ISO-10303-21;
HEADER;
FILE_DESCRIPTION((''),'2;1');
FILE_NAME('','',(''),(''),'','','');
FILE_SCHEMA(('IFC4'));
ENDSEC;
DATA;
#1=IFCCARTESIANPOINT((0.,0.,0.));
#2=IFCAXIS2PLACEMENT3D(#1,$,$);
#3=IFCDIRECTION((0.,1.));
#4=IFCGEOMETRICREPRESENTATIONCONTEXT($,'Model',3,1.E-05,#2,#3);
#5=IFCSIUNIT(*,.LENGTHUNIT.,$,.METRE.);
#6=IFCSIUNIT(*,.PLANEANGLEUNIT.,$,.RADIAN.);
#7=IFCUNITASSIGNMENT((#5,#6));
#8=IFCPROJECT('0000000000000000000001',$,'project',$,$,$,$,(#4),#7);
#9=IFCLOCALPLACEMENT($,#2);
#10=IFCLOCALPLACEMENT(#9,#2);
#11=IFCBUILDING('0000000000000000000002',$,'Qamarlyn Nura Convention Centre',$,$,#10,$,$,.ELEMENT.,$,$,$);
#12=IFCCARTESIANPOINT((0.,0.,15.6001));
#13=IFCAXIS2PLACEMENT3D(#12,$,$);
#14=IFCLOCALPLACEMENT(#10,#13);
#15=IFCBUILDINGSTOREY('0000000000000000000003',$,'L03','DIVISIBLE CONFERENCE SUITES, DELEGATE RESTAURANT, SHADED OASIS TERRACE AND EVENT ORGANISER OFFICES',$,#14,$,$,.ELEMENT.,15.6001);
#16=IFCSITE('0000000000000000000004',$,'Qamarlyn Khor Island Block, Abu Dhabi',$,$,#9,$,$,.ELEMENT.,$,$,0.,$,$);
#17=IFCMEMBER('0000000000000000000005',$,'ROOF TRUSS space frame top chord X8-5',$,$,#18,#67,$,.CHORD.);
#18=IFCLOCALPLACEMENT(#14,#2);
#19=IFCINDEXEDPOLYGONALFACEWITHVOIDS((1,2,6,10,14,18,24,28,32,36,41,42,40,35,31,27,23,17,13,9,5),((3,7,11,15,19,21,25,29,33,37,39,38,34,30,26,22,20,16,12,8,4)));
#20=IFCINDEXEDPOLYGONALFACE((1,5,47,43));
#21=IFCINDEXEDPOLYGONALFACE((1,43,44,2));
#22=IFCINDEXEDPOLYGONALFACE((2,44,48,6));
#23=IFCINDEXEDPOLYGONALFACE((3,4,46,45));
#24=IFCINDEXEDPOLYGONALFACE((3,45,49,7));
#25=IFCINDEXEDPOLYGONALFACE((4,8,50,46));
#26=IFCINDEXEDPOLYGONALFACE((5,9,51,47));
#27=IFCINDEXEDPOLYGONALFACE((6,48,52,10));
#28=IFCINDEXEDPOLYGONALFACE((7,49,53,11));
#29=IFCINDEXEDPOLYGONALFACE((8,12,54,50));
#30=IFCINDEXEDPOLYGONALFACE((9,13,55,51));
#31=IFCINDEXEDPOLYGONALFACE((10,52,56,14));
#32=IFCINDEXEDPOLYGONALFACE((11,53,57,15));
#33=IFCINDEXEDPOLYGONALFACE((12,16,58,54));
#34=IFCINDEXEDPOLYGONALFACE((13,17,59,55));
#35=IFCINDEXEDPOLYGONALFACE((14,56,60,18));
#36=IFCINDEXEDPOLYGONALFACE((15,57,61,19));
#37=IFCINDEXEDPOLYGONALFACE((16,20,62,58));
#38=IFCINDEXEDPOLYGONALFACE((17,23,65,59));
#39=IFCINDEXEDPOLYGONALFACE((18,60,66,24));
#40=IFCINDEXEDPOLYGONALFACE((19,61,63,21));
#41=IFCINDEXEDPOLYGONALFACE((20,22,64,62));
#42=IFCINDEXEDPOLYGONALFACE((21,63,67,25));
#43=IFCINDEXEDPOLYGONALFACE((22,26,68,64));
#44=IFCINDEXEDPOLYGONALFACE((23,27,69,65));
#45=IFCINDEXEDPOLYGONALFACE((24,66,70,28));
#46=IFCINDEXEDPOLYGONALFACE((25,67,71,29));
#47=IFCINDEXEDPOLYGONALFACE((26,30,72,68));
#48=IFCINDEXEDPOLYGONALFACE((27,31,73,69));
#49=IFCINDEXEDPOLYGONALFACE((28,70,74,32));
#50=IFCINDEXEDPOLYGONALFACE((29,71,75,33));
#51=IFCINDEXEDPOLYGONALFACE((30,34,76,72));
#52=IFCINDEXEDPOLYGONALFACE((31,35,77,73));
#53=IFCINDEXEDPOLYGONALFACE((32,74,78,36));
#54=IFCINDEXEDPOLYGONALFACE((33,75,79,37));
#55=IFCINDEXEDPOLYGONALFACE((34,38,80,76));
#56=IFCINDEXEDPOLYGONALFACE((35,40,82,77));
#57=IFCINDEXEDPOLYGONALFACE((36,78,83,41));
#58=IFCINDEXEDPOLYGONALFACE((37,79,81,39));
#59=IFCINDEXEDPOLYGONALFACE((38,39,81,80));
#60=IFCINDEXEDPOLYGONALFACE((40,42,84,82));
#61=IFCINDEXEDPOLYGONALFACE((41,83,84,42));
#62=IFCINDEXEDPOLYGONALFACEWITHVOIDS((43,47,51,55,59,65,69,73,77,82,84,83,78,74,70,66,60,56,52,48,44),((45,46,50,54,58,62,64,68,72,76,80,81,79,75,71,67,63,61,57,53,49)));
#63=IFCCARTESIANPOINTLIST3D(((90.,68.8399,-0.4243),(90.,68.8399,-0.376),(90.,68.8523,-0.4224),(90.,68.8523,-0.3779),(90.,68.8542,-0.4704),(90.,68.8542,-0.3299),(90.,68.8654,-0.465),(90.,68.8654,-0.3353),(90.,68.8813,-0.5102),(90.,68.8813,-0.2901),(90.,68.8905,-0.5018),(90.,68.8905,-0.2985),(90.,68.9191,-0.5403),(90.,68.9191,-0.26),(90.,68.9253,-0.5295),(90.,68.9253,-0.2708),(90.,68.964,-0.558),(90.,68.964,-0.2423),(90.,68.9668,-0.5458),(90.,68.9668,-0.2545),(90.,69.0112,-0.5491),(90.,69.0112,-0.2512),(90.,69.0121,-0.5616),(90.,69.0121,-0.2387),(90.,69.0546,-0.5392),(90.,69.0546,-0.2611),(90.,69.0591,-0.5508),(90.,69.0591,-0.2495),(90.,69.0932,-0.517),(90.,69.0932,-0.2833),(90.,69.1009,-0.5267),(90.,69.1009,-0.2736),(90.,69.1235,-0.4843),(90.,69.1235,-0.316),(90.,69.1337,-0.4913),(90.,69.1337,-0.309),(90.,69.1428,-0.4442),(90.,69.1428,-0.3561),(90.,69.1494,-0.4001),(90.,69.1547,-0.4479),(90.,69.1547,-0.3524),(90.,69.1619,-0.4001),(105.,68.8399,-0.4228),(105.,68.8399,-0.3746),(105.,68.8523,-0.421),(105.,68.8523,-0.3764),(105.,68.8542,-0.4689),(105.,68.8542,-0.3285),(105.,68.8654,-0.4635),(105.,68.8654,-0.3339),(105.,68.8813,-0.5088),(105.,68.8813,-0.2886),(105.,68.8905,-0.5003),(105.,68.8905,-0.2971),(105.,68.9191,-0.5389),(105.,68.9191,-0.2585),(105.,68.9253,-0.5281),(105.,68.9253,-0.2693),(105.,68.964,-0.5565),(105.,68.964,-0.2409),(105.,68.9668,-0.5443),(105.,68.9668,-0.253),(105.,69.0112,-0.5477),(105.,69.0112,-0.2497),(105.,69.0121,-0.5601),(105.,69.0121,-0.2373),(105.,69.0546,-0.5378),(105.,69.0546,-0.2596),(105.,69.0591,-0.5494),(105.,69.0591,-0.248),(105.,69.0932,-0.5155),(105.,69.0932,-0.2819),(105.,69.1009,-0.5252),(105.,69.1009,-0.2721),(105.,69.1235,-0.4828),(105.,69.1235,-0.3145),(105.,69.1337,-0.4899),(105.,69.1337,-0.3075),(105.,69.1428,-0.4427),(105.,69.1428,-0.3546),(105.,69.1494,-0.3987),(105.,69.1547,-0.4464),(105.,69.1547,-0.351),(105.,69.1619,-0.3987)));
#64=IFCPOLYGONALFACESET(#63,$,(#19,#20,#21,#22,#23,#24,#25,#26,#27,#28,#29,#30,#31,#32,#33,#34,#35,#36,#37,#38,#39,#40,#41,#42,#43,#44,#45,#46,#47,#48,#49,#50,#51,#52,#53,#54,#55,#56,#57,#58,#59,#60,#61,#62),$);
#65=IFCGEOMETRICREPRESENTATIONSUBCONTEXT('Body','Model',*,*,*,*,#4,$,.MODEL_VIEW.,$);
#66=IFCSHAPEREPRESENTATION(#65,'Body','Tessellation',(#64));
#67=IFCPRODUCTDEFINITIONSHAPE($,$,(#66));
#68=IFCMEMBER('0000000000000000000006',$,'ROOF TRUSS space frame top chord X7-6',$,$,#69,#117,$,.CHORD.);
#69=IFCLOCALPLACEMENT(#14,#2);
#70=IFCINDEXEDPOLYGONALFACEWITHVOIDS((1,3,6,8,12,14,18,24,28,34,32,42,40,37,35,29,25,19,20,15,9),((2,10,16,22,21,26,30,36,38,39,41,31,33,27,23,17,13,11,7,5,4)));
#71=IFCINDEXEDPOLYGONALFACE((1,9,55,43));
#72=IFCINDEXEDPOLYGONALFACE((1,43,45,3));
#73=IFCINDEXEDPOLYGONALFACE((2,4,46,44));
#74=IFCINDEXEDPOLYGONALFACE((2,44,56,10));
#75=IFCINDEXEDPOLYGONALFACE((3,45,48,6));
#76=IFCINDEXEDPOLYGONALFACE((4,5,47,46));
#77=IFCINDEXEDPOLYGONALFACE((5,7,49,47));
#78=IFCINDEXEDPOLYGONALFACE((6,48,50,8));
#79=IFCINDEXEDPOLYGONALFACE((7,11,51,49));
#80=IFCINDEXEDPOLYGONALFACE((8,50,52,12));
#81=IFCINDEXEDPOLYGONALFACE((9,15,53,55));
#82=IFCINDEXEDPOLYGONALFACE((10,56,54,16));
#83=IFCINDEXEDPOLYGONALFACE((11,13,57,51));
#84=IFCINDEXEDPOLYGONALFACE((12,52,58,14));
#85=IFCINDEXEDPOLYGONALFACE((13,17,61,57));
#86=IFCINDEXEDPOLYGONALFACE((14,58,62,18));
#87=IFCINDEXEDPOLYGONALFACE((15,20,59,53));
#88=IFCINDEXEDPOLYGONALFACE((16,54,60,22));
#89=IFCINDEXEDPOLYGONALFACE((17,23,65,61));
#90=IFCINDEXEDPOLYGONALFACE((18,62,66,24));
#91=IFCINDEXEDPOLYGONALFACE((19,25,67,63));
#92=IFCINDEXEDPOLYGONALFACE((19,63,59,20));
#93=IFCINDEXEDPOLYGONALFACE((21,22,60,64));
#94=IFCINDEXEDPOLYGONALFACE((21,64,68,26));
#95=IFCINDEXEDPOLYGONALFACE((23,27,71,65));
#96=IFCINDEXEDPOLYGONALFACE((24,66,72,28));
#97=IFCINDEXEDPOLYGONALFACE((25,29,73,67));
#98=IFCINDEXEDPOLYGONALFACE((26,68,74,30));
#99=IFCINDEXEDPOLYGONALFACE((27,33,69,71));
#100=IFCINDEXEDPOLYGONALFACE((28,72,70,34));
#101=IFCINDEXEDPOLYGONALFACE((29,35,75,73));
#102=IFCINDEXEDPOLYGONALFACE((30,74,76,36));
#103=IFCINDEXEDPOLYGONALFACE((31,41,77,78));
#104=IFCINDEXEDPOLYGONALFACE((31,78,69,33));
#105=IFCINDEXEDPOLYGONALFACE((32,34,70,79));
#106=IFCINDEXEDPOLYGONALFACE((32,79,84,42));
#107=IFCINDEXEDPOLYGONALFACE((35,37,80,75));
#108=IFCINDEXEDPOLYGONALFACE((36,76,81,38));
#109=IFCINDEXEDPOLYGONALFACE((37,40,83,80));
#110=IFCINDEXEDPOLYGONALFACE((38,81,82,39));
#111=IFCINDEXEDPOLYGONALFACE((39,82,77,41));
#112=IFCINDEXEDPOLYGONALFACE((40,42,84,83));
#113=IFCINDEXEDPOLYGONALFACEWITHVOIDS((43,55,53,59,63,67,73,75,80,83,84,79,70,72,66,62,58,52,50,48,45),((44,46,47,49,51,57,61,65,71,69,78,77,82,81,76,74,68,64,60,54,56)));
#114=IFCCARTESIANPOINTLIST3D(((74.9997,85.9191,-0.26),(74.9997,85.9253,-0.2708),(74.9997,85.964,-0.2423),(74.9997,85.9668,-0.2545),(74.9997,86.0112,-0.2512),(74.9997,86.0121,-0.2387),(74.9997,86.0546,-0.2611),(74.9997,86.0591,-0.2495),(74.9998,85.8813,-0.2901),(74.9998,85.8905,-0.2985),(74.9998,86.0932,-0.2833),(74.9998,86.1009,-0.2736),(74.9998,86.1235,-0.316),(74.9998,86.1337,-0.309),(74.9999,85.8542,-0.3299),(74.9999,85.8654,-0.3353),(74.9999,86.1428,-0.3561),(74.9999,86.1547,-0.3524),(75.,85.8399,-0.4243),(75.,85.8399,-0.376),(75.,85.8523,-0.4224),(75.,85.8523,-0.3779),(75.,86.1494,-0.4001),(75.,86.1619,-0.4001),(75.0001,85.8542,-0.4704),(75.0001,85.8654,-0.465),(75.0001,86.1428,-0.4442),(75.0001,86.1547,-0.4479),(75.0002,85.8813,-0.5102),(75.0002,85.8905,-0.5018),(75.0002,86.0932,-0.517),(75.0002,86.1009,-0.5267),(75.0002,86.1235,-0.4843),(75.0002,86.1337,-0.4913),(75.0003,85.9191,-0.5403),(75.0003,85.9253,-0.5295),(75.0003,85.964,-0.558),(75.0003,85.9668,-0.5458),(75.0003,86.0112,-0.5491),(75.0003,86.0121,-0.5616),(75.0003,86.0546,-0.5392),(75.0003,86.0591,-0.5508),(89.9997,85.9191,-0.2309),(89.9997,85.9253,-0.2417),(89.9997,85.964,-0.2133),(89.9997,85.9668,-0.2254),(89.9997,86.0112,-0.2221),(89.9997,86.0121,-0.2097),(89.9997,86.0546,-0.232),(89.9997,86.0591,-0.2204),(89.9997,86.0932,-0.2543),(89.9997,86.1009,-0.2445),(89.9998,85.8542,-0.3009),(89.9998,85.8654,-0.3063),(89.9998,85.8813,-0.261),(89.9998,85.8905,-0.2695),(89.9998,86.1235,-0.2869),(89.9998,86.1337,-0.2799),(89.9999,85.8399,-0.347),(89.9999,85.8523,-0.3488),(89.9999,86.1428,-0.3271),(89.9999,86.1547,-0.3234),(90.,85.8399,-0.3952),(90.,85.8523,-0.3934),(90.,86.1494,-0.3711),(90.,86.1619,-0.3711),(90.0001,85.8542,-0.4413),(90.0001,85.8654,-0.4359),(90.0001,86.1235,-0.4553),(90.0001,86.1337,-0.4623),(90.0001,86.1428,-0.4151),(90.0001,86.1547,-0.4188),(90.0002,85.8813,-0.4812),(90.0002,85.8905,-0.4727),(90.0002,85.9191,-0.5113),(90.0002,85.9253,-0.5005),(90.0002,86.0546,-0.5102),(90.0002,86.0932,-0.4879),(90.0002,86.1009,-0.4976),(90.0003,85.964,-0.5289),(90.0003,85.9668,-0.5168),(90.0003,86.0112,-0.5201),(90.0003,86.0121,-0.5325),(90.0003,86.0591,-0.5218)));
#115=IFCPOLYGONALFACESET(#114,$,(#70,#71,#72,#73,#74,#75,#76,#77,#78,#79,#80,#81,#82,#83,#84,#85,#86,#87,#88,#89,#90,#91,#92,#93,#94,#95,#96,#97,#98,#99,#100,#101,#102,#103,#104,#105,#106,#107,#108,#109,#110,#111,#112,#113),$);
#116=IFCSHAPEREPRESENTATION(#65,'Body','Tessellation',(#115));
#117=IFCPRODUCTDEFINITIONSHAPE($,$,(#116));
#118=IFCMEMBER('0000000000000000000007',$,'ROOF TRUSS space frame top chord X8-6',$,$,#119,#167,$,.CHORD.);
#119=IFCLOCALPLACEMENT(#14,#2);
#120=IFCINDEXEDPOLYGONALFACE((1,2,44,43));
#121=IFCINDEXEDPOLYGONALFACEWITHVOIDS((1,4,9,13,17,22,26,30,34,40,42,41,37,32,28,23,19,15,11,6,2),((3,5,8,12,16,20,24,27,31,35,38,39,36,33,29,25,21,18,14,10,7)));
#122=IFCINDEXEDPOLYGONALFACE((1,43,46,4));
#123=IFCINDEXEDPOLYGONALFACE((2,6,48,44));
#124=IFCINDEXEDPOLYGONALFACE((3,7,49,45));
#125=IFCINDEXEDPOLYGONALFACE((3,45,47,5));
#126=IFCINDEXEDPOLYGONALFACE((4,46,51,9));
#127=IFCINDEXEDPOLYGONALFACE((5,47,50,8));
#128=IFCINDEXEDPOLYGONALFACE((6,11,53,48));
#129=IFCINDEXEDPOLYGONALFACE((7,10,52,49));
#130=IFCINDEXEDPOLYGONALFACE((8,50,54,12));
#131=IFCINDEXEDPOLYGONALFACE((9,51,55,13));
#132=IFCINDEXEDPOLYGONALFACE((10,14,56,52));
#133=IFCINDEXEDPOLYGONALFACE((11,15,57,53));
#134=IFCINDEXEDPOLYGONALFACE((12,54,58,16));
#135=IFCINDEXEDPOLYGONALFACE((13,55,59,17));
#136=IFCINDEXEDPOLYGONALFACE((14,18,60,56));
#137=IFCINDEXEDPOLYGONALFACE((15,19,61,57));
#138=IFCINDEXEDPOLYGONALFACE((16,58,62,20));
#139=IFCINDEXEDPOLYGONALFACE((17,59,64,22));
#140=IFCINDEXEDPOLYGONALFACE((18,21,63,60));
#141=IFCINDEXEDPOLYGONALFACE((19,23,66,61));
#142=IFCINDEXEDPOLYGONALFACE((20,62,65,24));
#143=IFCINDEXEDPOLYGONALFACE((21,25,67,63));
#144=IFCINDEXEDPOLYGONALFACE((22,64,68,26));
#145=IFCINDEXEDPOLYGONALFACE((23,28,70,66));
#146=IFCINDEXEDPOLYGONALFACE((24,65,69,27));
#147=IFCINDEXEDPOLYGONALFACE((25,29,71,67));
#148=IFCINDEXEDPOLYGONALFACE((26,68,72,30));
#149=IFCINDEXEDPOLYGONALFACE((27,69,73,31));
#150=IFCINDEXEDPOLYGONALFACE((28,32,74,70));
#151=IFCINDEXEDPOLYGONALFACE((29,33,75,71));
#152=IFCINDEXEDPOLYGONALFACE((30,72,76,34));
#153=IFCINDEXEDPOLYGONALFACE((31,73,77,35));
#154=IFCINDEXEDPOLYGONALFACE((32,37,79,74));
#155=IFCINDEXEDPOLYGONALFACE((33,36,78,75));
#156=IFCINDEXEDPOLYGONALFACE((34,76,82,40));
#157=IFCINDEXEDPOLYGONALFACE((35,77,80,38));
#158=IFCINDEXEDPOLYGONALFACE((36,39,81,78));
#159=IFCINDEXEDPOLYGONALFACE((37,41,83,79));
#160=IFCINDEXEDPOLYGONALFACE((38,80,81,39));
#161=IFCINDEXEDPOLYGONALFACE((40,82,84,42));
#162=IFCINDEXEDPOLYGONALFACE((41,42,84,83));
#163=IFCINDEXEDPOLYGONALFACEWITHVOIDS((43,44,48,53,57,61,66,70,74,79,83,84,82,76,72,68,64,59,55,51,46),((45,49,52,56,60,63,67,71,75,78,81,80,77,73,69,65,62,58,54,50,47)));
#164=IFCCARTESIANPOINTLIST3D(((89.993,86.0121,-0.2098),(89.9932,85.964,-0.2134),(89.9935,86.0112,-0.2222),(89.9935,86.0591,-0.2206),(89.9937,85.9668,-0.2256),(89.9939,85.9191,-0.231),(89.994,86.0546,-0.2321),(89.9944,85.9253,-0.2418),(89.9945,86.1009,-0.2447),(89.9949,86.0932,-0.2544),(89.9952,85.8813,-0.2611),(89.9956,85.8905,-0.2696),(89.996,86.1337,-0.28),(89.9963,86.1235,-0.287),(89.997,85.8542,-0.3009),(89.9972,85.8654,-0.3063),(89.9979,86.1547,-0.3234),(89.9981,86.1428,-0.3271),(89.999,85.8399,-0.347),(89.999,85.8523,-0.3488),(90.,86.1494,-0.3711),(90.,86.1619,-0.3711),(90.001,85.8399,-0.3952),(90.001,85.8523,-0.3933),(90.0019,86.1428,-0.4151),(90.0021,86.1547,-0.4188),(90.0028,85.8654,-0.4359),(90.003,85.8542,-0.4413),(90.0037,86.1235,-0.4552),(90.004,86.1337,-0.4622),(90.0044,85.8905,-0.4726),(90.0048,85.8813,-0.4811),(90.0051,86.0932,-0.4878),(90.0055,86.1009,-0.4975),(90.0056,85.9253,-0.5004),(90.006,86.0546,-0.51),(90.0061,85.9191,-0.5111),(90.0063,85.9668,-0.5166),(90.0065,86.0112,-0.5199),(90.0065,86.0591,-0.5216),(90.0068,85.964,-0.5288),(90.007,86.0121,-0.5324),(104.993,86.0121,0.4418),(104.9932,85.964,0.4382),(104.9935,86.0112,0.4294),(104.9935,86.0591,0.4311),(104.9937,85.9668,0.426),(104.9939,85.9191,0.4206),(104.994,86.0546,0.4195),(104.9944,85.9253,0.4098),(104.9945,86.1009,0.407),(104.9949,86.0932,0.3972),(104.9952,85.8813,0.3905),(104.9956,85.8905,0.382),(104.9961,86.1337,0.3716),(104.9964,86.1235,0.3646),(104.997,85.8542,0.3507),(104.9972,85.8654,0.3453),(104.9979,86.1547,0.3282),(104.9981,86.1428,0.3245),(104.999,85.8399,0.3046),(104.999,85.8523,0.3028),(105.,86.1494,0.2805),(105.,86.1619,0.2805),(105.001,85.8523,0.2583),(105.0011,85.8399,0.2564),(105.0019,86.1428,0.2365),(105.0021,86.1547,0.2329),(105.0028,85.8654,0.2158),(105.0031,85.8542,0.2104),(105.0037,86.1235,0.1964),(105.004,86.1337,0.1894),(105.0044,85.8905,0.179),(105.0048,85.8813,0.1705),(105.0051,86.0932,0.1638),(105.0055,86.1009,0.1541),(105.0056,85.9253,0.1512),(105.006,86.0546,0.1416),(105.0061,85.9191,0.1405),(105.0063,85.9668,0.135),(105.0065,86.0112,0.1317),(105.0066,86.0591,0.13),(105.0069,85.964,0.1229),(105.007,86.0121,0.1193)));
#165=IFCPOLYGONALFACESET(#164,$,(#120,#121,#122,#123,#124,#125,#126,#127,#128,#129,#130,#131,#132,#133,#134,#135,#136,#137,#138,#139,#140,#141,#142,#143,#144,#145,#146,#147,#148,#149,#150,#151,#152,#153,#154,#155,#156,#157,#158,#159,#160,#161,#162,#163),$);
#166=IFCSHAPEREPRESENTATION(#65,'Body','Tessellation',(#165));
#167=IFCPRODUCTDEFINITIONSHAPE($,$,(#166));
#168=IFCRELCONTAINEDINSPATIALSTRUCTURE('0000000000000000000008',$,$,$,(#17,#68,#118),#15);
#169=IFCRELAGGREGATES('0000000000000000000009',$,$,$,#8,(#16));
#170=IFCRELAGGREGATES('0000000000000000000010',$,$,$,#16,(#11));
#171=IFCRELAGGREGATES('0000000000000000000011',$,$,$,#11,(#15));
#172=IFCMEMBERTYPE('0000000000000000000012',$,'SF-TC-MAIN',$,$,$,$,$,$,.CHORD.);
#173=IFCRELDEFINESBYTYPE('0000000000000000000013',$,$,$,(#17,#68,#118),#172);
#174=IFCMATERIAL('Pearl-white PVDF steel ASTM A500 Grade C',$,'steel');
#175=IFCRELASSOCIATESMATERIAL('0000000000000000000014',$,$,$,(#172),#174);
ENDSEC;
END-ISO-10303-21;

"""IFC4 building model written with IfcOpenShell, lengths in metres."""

from ifc_helpers import new_model, si_unit, direction, frame, origin, origin_2d, place, context, subcontext, project, spatial, hollow_circle, extrude, material, material_profile, profile_set, type_object, element, save


model = new_model("IFC4")

# Units and contexts
model_context = context("Model", 3, precision=1e-05, world=origin(), true_north=direction((0.0, 1.0)))
body_context = subcontext(model_context, "Body", "Model", "MODEL_VIEW")
ifc_project = project(units=[si_unit("LENGTHUNIT", "METRE"), si_unit("PLANEANGLEUNIT", "RADIAN")], contexts=[model_context])

# Site, building, storey
site_placement = place(None, origin())
site = spatial("IfcSite", under=ifc_project, at=site_placement, Name="Qamarlyn Khor Island Block, Abu Dhabi", CompositionType="ELEMENT", RefElevation=0.0)
building_placement = place(site_placement, origin())
building = spatial("IfcBuilding", under=site, at=building_placement, Name="Qamarlyn Nura Convention Centre", CompositionType="ELEMENT")
storey_placement = place(building_placement, frame((0.0, 0.0, 15.6001)))
storey = spatial("IfcBuildingStorey", under=building, at=storey_placement, Name="L03", Description="DIVISIBLE CONFERENCE SUITES, DELEGATE RESTAURANT, SHADED OASIS TERRACE AND EVENT ORGANISER OFFICES", CompositionType="ELEMENT", Elevation=15.6001)

# Members
ifc_material_1 = material(Name="Pearl-white PVDF steel ASTM A500 Grade C", Category="steel")
ifc_material_profile = material_profile(ifc_material_1, hollow_circle(Radius=0.1619, WallThickness=0.0125, at=origin_2d()), Name="CHS323.9X12.5")
ifc_profile_set = profile_set([ifc_material_profile], Name="Pearl-white PVDF steel ASTM A500 Grade C")
member_type = type_object("IfcMemberType", Name="SF-TC-MAIN", PredefinedType="CHORD", material=ifc_profile_set)
for number, where, z_axis, x_axis, name in (
    (1, (90.0, 69.0, -0.4001), (1.0, 0.0, 0.000098), (0.0, 1.0, 0.0), "ROOF TRUSS space frame top chord X8-5"),
    (2, (75.0, 86.0, -0.4001), (0.999998, 0.0, 0.001937), (0.0, 1.0, 0.0), "ROOF TRUSS space frame top chord X7-6"),
):
    element("IfcMember", number, at=place(storey_placement, frame(where, z_axis=z_axis, x_axis=x_axis)), inside=storey, type_object=member_type, Name=name, PredefinedType="CHORD", context=body_context, shape_type="SweptSolid", body=[
        extrude(hollow_circle(Radius=0.1619, WallThickness=0.0125, at=origin_2d()), origin(), (0.0, 0.0, 1.0), 15.0),
    ])
member_1_placement = place(storey_placement, frame((90.0, 86.0, -0.3711), z_axis=(0.999058, 0.0, 0.0434), x_axis=(0.0, 1.0, 0.0)))
element("IfcMember", 3, at=member_1_placement, inside=storey, type_object=member_type, Name="ROOF TRUSS space frame top chord X8-6", PredefinedType="CHORD", context=body_context, shape_type="SweptSolid", body=[
    extrude(hollow_circle(Radius=0.1619, WallThickness=0.0125, at=origin_2d()), origin(), (0.0, 0.0, 1.0), 15.0142),
])

save(model, "model.ifc")
